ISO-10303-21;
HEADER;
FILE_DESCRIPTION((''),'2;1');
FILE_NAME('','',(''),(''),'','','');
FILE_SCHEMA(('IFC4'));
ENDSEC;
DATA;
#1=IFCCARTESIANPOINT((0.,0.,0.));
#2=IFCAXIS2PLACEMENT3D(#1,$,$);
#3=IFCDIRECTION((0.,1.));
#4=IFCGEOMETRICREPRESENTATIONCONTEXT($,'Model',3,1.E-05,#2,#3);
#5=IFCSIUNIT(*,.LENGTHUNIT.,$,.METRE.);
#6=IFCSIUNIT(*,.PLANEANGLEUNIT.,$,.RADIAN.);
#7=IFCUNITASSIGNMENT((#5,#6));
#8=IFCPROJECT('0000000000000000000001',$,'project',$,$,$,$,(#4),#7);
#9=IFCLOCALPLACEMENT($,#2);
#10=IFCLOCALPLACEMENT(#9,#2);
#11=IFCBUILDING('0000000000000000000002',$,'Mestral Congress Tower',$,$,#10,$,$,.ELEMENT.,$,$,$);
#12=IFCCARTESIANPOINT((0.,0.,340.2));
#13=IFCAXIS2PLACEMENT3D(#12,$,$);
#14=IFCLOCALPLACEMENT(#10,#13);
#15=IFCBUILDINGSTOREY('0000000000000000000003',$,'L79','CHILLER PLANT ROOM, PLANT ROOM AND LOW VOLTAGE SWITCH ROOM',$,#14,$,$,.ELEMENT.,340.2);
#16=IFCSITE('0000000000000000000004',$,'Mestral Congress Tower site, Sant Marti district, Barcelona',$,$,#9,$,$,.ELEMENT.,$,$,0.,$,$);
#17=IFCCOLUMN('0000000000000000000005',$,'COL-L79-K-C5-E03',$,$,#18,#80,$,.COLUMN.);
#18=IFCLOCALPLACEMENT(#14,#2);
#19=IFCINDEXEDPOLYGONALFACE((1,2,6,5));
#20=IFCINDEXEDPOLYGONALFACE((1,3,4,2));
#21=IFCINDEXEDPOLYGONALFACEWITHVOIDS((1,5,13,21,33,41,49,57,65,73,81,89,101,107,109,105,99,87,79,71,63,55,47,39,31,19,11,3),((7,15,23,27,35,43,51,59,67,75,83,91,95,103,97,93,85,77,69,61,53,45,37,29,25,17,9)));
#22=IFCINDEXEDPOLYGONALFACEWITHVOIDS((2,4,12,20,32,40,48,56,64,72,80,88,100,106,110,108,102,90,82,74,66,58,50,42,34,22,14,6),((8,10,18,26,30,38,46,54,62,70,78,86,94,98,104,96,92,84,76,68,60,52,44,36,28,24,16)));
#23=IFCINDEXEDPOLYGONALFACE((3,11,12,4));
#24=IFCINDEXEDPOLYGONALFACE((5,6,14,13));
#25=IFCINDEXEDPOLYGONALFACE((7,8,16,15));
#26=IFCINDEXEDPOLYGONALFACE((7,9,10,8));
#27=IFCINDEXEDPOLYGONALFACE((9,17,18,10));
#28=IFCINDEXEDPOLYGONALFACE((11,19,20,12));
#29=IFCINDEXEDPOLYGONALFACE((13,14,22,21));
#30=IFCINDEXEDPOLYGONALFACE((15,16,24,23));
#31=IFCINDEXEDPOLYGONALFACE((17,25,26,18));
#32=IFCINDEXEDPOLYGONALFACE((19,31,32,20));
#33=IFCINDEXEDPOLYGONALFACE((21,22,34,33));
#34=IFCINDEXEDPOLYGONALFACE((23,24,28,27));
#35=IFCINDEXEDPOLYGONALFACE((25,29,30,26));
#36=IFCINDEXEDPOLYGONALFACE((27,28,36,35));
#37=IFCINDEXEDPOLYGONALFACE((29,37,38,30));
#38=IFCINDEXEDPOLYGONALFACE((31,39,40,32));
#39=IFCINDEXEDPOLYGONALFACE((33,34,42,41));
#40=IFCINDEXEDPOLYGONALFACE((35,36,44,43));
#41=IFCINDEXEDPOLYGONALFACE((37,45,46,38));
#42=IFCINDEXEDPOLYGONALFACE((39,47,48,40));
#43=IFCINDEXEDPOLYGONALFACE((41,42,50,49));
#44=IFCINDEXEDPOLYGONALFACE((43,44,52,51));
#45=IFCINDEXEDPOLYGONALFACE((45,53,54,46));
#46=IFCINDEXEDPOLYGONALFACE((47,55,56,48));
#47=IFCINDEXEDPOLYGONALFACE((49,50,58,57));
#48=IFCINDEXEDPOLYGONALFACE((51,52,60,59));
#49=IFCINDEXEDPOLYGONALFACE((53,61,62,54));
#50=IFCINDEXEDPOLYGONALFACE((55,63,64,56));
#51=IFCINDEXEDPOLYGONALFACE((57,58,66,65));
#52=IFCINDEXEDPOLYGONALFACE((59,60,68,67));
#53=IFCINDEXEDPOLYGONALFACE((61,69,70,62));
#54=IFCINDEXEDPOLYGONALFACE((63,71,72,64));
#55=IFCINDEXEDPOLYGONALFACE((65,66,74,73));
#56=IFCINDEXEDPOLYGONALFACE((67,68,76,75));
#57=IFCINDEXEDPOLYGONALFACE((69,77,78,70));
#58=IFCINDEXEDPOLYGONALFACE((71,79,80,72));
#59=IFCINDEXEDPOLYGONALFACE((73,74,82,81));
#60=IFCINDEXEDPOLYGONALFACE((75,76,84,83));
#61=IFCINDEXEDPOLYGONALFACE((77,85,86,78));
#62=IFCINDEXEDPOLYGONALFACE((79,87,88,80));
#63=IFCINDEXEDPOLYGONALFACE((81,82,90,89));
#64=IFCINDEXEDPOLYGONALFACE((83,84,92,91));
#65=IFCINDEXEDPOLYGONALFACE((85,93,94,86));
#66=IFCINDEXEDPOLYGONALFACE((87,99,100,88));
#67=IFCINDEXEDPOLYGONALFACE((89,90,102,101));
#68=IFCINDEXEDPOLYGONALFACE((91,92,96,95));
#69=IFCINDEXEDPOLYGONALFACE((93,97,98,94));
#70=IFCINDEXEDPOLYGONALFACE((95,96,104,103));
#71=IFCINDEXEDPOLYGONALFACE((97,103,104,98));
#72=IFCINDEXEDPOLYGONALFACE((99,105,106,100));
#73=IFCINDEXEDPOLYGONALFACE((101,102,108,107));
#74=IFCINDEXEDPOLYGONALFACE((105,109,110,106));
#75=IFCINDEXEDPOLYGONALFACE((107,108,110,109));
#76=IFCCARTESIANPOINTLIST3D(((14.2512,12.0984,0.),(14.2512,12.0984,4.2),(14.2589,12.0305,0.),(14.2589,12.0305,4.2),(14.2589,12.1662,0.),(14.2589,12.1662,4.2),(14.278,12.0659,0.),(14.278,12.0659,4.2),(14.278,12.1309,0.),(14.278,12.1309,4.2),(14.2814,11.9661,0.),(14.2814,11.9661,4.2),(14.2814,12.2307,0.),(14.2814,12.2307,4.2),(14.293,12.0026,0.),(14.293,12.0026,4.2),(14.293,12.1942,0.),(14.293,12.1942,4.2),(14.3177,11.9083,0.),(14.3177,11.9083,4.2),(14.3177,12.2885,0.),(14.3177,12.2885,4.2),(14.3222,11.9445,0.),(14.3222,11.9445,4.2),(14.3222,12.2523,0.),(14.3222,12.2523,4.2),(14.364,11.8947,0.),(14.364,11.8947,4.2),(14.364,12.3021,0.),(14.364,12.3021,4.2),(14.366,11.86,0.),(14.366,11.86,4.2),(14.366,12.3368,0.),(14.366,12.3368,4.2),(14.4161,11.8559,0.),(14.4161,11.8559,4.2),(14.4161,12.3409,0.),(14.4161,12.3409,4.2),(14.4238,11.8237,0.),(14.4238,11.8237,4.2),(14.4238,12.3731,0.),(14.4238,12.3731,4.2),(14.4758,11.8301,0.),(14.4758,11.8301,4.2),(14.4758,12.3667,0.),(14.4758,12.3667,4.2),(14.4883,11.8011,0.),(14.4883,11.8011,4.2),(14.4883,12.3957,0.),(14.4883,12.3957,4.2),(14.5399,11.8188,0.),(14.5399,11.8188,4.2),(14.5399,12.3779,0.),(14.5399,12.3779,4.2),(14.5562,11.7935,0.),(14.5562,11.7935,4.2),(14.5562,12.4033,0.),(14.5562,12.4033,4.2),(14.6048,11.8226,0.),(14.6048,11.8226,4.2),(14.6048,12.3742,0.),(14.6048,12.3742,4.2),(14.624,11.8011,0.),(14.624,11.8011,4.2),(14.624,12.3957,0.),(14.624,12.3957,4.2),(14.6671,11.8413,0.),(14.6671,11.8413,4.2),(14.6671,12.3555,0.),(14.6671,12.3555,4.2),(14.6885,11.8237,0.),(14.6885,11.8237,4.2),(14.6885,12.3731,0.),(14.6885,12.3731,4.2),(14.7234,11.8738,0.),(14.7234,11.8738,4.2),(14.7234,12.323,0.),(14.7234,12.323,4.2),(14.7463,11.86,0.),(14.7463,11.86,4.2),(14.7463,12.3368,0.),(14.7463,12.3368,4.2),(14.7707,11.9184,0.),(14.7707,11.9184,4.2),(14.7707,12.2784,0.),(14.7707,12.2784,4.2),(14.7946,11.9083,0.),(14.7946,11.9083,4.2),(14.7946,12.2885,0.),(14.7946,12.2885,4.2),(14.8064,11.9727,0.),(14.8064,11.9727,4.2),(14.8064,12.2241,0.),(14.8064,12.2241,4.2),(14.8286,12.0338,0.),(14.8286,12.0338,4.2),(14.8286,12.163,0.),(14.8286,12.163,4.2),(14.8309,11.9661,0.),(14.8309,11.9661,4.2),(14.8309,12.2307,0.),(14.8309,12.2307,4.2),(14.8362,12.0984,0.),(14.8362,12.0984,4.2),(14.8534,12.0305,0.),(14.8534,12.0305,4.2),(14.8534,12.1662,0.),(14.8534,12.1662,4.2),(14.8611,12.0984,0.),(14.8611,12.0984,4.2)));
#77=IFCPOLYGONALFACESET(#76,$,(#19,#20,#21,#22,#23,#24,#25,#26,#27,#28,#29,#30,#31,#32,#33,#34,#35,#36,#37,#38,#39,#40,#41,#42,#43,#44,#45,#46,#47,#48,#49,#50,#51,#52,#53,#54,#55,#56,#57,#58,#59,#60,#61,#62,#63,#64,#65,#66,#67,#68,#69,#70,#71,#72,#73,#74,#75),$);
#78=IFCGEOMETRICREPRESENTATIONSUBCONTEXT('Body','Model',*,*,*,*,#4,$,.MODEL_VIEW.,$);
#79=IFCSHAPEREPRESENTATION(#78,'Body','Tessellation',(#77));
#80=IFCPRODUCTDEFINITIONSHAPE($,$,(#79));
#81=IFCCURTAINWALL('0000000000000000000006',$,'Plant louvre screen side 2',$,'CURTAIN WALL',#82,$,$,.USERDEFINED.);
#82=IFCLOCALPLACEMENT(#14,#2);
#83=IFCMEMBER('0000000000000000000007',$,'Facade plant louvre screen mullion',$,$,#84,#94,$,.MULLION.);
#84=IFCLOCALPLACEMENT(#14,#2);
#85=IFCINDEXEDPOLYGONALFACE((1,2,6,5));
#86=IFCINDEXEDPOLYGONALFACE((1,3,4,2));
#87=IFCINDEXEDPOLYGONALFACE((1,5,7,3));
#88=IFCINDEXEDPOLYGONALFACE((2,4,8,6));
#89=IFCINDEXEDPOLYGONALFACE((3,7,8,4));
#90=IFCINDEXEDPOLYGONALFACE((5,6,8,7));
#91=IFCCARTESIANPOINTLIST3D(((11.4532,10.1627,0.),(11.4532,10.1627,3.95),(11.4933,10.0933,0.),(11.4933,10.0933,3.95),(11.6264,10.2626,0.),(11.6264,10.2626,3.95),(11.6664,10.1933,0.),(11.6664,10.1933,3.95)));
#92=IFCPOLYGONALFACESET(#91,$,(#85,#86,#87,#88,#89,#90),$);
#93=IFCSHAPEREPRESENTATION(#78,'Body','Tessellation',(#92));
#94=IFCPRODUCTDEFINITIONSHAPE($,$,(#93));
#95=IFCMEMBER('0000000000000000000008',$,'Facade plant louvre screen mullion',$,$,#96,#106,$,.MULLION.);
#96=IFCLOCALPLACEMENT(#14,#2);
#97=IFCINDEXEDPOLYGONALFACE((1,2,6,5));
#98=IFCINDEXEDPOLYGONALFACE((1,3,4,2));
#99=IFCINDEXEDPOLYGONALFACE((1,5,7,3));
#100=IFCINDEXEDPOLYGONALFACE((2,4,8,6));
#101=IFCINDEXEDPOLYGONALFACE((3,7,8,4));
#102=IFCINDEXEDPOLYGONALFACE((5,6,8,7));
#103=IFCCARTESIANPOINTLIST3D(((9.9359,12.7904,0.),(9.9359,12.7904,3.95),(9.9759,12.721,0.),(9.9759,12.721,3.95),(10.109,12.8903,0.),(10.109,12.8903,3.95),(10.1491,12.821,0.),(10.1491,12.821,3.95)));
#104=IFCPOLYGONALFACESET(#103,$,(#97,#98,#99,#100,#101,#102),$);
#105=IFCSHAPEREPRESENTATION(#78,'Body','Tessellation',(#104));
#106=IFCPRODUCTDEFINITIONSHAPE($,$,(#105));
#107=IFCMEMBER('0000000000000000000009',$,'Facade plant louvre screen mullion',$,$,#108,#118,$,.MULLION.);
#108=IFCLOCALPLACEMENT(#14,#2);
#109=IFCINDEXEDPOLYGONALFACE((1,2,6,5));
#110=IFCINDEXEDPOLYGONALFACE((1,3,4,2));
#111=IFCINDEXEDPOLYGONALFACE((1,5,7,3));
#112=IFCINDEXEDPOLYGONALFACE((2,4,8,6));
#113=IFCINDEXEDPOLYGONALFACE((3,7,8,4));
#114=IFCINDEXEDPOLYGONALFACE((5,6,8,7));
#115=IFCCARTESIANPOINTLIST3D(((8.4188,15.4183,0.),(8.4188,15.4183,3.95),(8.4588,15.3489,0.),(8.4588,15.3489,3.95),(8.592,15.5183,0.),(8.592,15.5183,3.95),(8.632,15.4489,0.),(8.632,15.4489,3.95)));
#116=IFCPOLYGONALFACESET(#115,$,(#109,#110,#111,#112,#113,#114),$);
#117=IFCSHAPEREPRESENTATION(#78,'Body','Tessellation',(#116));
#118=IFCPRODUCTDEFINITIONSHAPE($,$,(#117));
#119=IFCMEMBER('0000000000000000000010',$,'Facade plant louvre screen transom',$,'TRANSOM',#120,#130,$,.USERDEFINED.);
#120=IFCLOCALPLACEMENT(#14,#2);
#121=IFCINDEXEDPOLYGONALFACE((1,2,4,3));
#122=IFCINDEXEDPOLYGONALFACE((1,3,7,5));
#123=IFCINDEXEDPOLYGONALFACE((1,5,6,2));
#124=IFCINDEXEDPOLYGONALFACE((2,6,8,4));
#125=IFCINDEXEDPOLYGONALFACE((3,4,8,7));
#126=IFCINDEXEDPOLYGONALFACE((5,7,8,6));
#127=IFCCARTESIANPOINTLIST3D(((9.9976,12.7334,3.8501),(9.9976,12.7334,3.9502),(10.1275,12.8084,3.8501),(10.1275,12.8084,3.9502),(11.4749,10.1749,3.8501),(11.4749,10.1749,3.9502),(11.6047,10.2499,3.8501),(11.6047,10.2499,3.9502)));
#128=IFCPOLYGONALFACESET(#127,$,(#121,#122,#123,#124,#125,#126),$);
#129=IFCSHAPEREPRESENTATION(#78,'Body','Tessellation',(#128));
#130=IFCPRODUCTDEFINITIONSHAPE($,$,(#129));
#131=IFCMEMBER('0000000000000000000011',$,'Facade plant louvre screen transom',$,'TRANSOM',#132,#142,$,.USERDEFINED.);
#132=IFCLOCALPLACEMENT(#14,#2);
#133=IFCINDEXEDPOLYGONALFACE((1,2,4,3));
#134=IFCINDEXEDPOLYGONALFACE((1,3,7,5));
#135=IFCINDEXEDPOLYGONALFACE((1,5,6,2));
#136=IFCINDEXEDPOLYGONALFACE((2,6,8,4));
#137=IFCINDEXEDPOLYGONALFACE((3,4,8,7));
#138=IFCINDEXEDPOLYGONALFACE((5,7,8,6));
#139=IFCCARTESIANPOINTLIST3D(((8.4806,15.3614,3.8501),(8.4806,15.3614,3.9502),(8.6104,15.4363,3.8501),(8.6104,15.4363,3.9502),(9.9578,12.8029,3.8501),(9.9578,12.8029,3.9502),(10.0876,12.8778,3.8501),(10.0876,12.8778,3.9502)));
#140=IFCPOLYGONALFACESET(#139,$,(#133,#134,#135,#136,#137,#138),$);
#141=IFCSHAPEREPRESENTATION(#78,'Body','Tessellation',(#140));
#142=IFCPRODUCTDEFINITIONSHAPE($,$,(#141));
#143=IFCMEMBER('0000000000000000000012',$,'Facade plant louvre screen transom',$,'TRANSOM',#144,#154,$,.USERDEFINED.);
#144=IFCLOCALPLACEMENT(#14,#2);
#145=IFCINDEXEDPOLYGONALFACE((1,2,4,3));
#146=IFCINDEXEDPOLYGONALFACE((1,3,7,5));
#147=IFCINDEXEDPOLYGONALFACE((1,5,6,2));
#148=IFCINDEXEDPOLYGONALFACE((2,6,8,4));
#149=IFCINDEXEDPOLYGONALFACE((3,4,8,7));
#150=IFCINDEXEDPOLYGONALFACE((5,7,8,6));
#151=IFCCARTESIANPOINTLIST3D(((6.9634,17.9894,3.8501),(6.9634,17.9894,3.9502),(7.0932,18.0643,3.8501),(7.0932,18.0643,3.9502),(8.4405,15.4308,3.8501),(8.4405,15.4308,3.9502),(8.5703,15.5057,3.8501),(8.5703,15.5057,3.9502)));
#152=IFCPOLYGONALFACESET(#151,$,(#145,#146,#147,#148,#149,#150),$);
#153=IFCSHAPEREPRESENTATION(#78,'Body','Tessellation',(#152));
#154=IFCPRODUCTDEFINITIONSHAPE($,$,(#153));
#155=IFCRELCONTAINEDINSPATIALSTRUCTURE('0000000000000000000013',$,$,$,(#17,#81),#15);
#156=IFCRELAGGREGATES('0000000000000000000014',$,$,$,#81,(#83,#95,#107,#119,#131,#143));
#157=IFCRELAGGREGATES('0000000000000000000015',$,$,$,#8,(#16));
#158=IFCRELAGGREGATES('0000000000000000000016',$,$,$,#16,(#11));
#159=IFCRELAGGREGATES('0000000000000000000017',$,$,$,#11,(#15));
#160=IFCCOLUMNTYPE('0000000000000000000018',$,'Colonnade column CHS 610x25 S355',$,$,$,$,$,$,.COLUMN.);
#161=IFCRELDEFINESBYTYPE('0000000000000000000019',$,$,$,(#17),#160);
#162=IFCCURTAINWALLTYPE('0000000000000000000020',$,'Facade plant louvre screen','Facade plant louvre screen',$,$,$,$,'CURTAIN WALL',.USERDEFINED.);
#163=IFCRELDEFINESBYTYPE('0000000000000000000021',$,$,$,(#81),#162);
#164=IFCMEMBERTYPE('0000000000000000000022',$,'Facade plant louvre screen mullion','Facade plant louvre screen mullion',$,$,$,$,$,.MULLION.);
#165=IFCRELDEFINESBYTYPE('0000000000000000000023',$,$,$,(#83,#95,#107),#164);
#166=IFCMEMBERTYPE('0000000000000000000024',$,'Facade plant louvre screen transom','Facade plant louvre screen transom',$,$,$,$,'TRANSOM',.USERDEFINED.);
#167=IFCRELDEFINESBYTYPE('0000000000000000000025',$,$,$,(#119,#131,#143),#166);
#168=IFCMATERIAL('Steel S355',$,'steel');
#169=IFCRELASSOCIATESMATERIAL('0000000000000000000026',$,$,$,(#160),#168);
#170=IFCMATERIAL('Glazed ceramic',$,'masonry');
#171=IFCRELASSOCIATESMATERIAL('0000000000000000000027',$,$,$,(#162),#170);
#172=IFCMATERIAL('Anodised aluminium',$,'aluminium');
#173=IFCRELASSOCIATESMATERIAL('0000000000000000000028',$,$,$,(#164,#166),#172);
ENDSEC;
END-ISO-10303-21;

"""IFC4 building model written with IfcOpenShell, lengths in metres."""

from ifc_helpers import new_model, si_unit, direction, frame, origin, origin_2d, place, context, subcontext, project, spatial, rectangle, hollow_circle, extrude, material, material_profile, profile_set, type_object, element, aggregate, save


model = new_model("IFC4")

# Units and contexts
model_context = context("Model", 3, precision=1e-05, world=origin(), true_north=direction((0.0, 1.0)))
body_context = subcontext(model_context, "Body", "Model", "MODEL_VIEW")
ifc_project = project(units=[si_unit("LENGTHUNIT", "METRE"), si_unit("PLANEANGLEUNIT", "RADIAN")], contexts=[model_context])

# Site, building, storey
site_placement = place(None, origin())
site = spatial("IfcSite", under=ifc_project, at=site_placement, Name="Mestral Congress Tower site, Sant Marti district, Barcelona", CompositionType="ELEMENT", RefElevation=0.0)
building_placement = place(site_placement, origin())
building = spatial("IfcBuilding", under=site, at=building_placement, Name="Mestral Congress Tower", CompositionType="ELEMENT")
storey_placement = place(building_placement, frame((0.0, 0.0, 340.2)))
storey = spatial("IfcBuildingStorey", under=building, at=storey_placement, Name="L79", Description="CHILLER PLANT ROOM, PLANT ROOM AND LOW VOLTAGE SWITCH ROOM", CompositionType="ELEMENT", Elevation=340.2)

# Column
ifc_material_1 = material(Name="Steel S355", Category="steel")
ifc_material_profile_1 = material_profile(ifc_material_1, hollow_circle(Radius=0.3049, WallThickness=0.0249, at=origin_2d()), Name="CHS 610x25")
ifc_profile_set_1 = profile_set([ifc_material_profile_1], Name="Steel S355")
column_type = type_object("IfcColumnType", Name="Colonnade column CHS 610x25 S355", PredefinedType="COLUMN", material=ifc_profile_set_1)
column_placement = place(storey_placement, frame((14.5562, 12.0984, 0.0), z_axis=(0.0, 0.0, 1.0), x_axis=(1.0, 0.0, 0.0)))
element("IfcColumn", 1, at=column_placement, inside=storey, type_object=column_type, Name="COL-L79-K-C5-E03", PredefinedType="COLUMN", context=body_context, shape_type="SweptSolid", body=[
    extrude(hollow_circle(Radius=0.3049, WallThickness=0.0249, at=origin_2d()), origin(), (0.0, 0.0, 1.0), 4.2),
])

# Curtain wall, members
ifc_material_2 = material(Name="Glazed ceramic", Category="masonry")
curtain_wall_type = type_object("IfcCurtainWallType", Name="Facade plant louvre screen", Description="Facade plant louvre screen", ElementType="CURTAIN WALL", PredefinedType="USERDEFINED", material=ifc_material_2)
placement = place(storey_placement, origin())
curtain_wall = element("IfcCurtainWall", 2, at=placement, inside=storey, type_object=curtain_wall_type, Name="Plant louvre screen side 2", ObjectType="CURTAIN WALL", PredefinedType="USERDEFINED")
ifc_material_3 = material(Name="Anodised aluminium", Category="aluminium")
ifc_material_profile_2 = material_profile(ifc_material_3, rectangle(XDim=0.2, YDim=0.0801, at=origin_2d()), Name="CW6 mullion 200 x 80")
ifc_profile_set_2 = profile_set([ifc_material_profile_2], Name="Anodised aluminium")
member_type_1 = type_object("IfcMemberType", Name="Facade plant louvre screen mullion", Description="Facade plant louvre screen mullion", PredefinedType="MULLION", material=ifc_profile_set_2)
member_1_placement = place(storey_placement, frame((11.5598, 10.178, 0.0), z_axis=(0.0, 0.0, 1.0), x_axis=(0.866025, 0.500002, 0.0)))
member_1 = element("IfcMember", 3, at=member_1_placement, type_object=member_type_1, Name="Facade plant louvre screen mullion", PredefinedType="MULLION", context=body_context, shape_type="SweptSolid", body=[
    extrude(rectangle(XDim=0.2, YDim=0.0801, at=origin_2d()), origin(), (0.0, 0.0, 1.0), 3.95),
])
member_2_placement = place(storey_placement, frame((10.0425, 12.8057, 0.0), z_axis=(0.0, 0.0, 1.0), x_axis=(0.866025, 0.500002, 0.0)))
member_2 = element("IfcMember", 4, at=member_2_placement, type_object=member_type_1, Name="Facade plant louvre screen mullion", PredefinedType="MULLION", context=body_context, shape_type="SweptSolid", body=[
    extrude(rectangle(XDim=0.2, YDim=0.0801, at=origin_2d()), origin(), (0.0, 0.0, 1.0), 3.95),
])
member_3_placement = place(storey_placement, frame((8.5254, 15.4336, 0.0), z_axis=(0.0, 0.0, 1.0), x_axis=(0.866025, 0.500002, 0.0)))
member_3 = element("IfcMember", 5, at=member_3_placement, type_object=member_type_1, Name="Facade plant louvre screen mullion", PredefinedType="MULLION", context=body_context, shape_type="SweptSolid", body=[
    extrude(rectangle(XDim=0.2, YDim=0.0801, at=origin_2d()), origin(), (0.0, 0.0, 1.0), 3.95),
])
ifc_material_profile_3 = material_profile(ifc_material_3, rectangle(XDim=0.1499, YDim=0.1001, at=origin_2d()), Name="CW6 transom 150 x 100")
ifc_profile_set_3 = profile_set([ifc_material_profile_3], Name="Anodised aluminium")
member_type_2 = type_object("IfcMemberType", Name="Facade plant louvre screen transom", Description="Facade plant louvre screen transom", ElementType="TRANSOM", PredefinedType="USERDEFINED", material=ifc_profile_set_3)
member_4_placement = place(storey_placement, frame((11.5398, 10.2124, 3.9001), z_axis=(-0.500023, 0.866012, 0.0), x_axis=(-0.866012, -0.500023, 0.0)))
member_4 = element("IfcMember", 6, at=member_4_placement, type_object=member_type_2, Name="Facade plant louvre screen transom", ObjectType="TRANSOM", PredefinedType="USERDEFINED", context=body_context, shape_type="SweptSolid", body=[
    extrude(rectangle(XDim=0.1499, YDim=0.1001, at=origin_2d()), origin(), (0.0, 0.0, 1.0), 2.9543),
])
member_5_placement = place(storey_placement, frame((10.0227, 12.8403, 3.9001), z_axis=(-0.500023, 0.866012, 0.0), x_axis=(-0.866012, -0.500023, 0.0)))
member_5 = element("IfcMember", 7, at=member_5_placement, type_object=member_type_2, Name="Facade plant louvre screen transom", ObjectType="TRANSOM", PredefinedType="USERDEFINED", context=body_context, shape_type="SweptSolid", body=[
    extrude(rectangle(XDim=0.1499, YDim=0.1001, at=origin_2d()), origin(), (0.0, 0.0, 1.0), 2.9543),
])
member_6_placement = place(storey_placement, frame((8.5054, 15.4683, 3.9001), z_axis=(-0.499961, 0.866048, 0.0), x_axis=(-0.866048, -0.499961, 0.0)))
member_6 = element("IfcMember", 8, at=member_6_placement, type_object=member_type_2, Name="Facade plant louvre screen transom", ObjectType="TRANSOM", PredefinedType="USERDEFINED", context=body_context, shape_type="SweptSolid", body=[
    extrude(rectangle(XDim=0.1499, YDim=0.1001, at=origin_2d()), origin(), (0.0, 0.0, 1.0), 2.9543),
])

aggregate(curtain_wall, [member_1, member_2, member_3, member_4, member_5, member_6])

save(model, "model.ifc")
